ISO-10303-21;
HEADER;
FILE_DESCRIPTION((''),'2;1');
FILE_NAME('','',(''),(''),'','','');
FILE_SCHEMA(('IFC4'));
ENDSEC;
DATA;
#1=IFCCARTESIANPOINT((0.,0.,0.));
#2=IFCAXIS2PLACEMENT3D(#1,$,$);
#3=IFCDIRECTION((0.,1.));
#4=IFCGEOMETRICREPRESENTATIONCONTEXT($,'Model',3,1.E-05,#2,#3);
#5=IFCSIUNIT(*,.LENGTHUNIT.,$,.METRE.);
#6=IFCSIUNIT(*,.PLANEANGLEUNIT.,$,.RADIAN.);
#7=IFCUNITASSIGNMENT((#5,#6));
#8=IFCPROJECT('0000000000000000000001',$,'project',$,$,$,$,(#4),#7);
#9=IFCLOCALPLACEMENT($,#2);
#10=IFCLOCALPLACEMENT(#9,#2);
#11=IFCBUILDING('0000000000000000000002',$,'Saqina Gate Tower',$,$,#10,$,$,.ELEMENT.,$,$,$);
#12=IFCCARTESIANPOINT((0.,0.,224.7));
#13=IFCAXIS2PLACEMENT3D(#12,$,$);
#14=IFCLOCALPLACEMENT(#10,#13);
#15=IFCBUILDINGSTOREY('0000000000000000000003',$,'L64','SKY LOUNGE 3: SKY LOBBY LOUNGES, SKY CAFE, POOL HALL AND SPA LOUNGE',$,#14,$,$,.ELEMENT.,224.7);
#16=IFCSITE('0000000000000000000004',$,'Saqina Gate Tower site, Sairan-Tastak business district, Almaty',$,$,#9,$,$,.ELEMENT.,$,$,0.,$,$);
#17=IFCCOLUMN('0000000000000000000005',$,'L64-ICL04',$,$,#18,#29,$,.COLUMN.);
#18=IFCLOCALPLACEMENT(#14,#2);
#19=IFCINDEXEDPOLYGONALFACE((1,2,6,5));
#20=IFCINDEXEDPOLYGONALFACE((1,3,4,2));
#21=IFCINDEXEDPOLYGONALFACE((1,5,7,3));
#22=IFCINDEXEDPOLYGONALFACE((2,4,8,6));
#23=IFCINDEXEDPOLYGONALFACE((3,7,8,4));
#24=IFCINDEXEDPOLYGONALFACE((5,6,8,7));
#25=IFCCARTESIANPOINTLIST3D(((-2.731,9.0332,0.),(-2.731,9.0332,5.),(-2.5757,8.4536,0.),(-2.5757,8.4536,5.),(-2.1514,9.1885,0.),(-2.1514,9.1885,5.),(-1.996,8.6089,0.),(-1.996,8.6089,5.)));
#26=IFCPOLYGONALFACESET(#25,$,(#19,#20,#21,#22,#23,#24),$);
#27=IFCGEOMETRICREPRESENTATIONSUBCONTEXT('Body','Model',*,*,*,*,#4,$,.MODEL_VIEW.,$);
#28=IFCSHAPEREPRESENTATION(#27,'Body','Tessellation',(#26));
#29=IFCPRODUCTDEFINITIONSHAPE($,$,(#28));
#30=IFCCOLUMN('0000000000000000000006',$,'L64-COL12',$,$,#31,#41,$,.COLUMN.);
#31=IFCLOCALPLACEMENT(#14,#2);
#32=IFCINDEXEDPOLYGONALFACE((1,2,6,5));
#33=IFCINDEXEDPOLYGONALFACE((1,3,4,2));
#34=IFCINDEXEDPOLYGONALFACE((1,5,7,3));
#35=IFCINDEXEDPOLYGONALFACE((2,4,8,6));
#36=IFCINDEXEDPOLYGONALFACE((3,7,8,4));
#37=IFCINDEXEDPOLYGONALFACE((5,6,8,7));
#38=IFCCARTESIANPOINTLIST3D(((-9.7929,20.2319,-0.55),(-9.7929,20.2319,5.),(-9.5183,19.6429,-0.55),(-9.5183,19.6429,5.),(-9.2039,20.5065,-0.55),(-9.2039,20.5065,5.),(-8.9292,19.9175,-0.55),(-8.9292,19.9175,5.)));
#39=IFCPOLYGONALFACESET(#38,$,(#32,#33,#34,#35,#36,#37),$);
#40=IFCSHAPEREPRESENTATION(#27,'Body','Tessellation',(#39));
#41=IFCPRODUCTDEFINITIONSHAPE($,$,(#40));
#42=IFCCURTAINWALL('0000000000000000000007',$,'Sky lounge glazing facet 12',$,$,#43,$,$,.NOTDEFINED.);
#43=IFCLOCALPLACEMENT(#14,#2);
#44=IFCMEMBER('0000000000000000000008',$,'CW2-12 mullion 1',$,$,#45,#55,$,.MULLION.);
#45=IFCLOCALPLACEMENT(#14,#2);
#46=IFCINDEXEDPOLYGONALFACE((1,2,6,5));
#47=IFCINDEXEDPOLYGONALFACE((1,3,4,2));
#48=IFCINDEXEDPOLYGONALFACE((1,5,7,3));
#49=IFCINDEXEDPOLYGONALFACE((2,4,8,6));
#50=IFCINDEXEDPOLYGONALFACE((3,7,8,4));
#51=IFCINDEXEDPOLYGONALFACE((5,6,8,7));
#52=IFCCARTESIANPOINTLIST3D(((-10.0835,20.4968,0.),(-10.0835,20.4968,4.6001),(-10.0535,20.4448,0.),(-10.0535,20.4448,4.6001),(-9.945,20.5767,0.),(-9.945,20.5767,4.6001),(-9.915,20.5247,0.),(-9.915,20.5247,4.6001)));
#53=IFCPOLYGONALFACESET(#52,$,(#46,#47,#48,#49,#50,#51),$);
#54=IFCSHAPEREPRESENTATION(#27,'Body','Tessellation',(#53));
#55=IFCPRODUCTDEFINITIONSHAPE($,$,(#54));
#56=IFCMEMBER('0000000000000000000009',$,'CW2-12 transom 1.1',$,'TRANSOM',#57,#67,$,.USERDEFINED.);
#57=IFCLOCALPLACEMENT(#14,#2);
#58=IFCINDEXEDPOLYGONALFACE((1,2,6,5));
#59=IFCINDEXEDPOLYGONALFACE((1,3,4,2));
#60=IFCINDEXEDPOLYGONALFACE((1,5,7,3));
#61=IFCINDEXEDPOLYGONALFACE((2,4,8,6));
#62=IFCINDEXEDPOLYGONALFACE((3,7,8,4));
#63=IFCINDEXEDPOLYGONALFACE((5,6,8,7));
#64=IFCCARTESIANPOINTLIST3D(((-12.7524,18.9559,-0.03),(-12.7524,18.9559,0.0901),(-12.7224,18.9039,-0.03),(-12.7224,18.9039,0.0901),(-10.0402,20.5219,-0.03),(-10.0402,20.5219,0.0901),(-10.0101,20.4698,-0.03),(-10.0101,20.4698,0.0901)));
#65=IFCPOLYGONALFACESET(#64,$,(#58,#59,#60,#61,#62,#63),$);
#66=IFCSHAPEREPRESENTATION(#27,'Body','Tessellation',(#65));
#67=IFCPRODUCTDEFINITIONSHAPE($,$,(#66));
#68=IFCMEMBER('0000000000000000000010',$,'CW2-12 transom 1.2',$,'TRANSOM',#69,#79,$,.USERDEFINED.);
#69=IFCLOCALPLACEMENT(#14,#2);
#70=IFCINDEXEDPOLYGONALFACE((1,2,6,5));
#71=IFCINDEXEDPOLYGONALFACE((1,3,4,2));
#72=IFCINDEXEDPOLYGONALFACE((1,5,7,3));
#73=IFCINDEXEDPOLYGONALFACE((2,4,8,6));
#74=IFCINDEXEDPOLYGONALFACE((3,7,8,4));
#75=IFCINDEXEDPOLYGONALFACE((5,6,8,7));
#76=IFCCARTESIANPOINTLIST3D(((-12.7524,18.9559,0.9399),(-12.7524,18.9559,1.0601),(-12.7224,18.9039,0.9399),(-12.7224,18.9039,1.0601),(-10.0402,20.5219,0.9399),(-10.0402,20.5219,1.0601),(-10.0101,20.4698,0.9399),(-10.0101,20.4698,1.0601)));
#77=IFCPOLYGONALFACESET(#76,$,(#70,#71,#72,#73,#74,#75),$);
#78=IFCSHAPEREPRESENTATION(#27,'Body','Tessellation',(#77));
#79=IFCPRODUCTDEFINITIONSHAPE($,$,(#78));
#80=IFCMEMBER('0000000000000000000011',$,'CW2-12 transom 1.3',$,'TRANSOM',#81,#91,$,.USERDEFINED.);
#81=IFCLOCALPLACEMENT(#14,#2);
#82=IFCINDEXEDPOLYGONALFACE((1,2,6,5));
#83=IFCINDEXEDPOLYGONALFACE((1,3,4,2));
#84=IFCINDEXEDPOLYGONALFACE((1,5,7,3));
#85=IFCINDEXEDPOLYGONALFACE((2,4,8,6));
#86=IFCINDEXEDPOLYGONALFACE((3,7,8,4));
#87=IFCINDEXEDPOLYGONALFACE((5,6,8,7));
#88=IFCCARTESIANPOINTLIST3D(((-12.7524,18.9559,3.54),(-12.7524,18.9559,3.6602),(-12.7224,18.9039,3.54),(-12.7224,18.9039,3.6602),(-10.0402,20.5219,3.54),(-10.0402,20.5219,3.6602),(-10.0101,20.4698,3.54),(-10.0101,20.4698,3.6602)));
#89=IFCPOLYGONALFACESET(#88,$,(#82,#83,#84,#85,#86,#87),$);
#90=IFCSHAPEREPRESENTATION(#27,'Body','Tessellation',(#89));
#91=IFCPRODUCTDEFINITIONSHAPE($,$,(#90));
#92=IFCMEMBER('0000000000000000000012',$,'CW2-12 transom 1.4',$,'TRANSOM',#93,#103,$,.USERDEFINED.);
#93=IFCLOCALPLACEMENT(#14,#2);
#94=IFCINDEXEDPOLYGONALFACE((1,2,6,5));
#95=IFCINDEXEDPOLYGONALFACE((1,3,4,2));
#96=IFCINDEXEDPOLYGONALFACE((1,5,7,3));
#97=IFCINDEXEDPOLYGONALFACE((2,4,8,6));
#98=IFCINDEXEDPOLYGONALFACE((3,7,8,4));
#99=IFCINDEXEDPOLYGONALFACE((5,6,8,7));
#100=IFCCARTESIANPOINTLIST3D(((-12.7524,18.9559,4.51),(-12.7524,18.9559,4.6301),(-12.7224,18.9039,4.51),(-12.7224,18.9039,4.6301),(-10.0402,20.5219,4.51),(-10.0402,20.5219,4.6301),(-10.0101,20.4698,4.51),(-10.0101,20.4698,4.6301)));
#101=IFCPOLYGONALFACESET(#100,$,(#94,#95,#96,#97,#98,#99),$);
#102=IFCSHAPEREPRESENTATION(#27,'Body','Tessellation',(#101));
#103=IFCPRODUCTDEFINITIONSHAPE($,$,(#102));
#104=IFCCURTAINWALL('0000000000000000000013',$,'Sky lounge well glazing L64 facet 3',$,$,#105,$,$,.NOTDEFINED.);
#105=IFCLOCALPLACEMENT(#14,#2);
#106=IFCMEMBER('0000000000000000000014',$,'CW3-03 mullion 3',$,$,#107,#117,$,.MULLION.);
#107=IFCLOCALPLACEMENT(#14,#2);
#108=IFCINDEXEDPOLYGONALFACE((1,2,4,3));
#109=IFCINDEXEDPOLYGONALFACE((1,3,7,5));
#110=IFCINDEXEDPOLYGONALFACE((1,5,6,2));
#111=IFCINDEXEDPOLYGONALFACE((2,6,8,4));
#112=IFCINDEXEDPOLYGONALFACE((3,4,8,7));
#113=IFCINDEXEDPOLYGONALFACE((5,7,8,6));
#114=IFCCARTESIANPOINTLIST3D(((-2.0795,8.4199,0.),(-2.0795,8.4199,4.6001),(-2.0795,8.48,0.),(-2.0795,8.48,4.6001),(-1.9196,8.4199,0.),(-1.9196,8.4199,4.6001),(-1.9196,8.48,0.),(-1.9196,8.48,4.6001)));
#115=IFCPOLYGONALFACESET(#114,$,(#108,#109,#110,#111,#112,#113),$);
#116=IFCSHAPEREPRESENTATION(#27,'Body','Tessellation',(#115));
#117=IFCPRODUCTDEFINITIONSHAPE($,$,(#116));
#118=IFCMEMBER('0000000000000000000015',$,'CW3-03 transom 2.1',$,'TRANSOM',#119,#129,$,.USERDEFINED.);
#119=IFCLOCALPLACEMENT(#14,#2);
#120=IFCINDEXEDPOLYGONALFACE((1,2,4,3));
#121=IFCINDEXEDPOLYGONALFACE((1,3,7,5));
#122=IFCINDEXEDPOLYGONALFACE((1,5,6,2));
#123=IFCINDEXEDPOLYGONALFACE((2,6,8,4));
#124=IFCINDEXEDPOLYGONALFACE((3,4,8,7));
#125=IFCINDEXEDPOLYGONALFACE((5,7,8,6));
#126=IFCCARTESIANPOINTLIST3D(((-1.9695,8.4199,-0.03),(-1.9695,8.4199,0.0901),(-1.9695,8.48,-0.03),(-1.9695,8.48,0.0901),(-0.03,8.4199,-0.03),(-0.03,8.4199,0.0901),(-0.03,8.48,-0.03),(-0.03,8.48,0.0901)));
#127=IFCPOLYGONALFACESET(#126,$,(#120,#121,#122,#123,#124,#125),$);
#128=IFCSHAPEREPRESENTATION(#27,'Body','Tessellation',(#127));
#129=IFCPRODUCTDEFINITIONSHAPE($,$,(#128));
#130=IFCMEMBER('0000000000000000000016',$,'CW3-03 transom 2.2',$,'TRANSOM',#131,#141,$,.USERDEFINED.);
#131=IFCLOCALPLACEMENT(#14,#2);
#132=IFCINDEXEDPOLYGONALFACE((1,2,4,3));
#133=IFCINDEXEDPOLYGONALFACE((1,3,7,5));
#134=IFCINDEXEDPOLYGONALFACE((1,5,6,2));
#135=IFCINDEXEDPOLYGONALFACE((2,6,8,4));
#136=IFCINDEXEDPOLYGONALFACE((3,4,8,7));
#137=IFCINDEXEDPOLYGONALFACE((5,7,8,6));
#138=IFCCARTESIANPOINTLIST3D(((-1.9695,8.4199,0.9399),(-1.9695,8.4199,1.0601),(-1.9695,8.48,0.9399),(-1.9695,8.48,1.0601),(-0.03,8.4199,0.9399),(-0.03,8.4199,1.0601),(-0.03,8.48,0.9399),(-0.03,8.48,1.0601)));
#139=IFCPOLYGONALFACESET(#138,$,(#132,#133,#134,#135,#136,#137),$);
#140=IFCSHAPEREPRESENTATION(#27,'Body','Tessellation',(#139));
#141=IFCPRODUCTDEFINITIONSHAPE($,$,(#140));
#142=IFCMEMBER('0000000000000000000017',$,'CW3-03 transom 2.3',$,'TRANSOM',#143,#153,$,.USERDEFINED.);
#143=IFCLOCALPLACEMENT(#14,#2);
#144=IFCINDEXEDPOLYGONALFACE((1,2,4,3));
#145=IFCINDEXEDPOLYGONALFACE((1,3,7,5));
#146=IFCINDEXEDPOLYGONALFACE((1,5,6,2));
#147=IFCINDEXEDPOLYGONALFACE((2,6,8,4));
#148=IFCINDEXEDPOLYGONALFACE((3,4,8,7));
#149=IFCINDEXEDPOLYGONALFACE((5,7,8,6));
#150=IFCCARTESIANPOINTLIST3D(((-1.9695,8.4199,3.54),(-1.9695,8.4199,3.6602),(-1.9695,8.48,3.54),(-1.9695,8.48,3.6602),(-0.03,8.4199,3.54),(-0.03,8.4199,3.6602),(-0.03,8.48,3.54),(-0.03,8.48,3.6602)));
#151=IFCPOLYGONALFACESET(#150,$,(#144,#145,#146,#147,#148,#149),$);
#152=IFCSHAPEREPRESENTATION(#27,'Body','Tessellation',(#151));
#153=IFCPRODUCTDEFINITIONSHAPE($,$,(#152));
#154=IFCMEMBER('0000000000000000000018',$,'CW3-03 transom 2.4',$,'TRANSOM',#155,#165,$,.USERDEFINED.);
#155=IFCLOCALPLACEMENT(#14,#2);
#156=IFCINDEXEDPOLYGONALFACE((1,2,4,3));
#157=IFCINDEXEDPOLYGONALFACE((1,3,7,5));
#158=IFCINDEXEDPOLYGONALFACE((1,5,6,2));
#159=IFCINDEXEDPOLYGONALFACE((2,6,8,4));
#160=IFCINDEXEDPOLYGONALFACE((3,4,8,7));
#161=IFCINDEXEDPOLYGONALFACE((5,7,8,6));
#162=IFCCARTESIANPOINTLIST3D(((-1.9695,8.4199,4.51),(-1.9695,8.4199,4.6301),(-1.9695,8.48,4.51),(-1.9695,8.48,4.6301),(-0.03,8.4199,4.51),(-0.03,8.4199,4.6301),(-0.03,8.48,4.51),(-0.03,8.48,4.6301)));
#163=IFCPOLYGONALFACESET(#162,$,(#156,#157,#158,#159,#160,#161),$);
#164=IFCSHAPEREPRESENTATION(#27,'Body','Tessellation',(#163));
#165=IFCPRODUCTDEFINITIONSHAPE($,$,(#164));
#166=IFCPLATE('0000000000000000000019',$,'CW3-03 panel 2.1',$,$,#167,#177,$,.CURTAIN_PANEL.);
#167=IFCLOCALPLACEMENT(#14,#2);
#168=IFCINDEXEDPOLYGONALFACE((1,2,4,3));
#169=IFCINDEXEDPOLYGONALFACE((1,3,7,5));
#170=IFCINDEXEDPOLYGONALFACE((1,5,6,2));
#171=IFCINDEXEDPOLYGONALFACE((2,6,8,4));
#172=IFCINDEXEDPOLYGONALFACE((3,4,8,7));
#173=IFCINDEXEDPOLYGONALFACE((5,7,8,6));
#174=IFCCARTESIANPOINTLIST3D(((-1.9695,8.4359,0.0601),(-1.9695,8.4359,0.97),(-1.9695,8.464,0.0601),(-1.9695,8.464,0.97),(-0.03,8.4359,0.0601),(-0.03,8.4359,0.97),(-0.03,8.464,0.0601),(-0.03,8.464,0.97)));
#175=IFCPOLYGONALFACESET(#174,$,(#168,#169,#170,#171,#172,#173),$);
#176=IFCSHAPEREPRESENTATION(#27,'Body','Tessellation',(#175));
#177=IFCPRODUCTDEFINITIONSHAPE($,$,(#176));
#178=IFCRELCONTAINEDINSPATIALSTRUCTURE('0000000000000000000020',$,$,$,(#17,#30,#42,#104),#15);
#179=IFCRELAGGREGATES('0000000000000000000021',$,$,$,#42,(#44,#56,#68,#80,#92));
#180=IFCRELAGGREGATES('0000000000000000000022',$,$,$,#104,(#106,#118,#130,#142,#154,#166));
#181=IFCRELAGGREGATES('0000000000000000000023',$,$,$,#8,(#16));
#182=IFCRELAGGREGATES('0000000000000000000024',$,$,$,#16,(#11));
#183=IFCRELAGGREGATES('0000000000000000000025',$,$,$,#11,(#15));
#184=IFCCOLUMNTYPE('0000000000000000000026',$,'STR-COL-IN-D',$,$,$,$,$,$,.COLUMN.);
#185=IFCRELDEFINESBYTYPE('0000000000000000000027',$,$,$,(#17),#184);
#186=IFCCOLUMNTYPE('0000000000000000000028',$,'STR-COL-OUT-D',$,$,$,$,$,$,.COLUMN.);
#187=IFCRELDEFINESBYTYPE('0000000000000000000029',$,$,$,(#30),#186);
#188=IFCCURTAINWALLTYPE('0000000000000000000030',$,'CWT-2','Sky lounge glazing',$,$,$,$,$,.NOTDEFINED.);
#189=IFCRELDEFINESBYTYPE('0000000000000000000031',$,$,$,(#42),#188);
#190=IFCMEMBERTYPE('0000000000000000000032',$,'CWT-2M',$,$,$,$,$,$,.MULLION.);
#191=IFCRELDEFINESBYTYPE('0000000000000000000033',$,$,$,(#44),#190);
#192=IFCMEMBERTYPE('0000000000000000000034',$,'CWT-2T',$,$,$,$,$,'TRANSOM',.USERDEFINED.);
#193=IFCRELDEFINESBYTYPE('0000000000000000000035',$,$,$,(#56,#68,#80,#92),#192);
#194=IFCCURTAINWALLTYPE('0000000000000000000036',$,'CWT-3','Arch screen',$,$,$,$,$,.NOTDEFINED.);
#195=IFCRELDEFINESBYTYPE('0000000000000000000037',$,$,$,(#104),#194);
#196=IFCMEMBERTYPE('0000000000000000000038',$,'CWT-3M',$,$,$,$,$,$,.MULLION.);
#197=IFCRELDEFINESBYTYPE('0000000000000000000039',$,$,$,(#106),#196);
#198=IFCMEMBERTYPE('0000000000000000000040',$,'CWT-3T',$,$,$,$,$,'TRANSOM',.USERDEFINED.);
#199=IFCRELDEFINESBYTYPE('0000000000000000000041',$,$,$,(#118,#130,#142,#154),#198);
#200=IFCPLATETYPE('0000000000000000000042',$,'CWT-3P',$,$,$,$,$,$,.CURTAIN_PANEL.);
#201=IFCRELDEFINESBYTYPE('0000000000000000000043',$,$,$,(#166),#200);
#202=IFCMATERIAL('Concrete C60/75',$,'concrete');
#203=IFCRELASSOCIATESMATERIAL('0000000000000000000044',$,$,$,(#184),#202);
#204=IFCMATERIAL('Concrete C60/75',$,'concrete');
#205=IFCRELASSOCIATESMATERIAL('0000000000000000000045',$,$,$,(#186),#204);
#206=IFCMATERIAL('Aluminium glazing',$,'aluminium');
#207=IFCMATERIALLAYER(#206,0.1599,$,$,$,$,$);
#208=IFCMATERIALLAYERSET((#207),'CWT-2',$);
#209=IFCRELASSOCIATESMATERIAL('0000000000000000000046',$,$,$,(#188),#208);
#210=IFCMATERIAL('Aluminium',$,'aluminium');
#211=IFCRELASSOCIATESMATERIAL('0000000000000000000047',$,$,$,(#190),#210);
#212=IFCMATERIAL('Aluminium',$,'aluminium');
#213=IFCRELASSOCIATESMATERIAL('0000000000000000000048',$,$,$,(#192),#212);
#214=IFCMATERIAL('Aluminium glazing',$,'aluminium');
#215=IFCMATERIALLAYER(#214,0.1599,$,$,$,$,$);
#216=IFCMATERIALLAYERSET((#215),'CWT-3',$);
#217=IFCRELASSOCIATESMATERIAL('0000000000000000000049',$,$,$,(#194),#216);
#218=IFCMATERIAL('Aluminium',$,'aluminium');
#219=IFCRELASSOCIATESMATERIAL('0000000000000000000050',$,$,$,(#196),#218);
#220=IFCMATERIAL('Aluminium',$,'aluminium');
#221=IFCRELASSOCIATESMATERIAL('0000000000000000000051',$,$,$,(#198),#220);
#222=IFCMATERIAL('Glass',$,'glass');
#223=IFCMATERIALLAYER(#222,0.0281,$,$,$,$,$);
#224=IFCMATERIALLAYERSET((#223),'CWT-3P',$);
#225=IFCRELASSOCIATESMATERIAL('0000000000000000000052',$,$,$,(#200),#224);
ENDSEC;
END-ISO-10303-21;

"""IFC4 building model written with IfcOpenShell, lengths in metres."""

from ifc_helpers import new_model, si_unit, direction, frame, origin, origin_2d, place, context, subcontext, project, spatial, rectangle, extrude, material, layer, layer_set, material_profile, profile_set, type_object, element, aggregate, save


model = new_model("IFC4")

# Units and contexts
model_context = context("Model", 3, precision=1e-05, world=origin(), true_north=direction((0.0, 1.0)))
body_context = subcontext(model_context, "Body", "Model", "MODEL_VIEW")
ifc_project = project(units=[si_unit("LENGTHUNIT", "METRE"), si_unit("PLANEANGLEUNIT", "RADIAN")], contexts=[model_context])

# Site, building, storey
site_placement = place(None, origin())
site = spatial("IfcSite", under=ifc_project, at=site_placement, Name="Saqina Gate Tower site, Sairan-Tastak business district, Almaty", CompositionType="ELEMENT", RefElevation=0.0)
building_placement = place(site_placement, origin())
building = spatial("IfcBuilding", under=site, at=building_placement, Name="Saqina Gate Tower", CompositionType="ELEMENT")
storey_placement = place(building_placement, frame((0.0, 0.0, 224.7)))
storey = spatial("IfcBuildingStorey", under=building, at=storey_placement, Name="L64", Description="SKY LOUNGE 3: SKY LOBBY LOUNGES, SKY CAFE, POOL HALL AND SPA LOUNGE", CompositionType="ELEMENT", Elevation=224.7)

# Columns
ifc_material_1 = material(Name="Concrete C60/75", Category="concrete")
ifc_material_profile_1 = material_profile(ifc_material_1, rectangle(XDim=0.6001, YDim=0.6001, at=origin_2d()), Name="RC 600x600")
ifc_profile_set_1 = profile_set([ifc_material_profile_1], Name="Concrete C60/75")
column_type_1 = type_object("IfcColumnType", Name="STR-COL-IN-D", PredefinedType="COLUMN", material=ifc_profile_set_1)
column_1_placement = place(storey_placement, frame((-2.3635, 8.821, 0.0), z_axis=(0.0, 0.0, 1.0), x_axis=(-0.258819, 0.965926, 0.0)))
element("IfcColumn", 1, at=column_1_placement, inside=storey, type_object=column_type_1, Name="L64-ICL04", PredefinedType="COLUMN", context=body_context, shape_type="SweptSolid", body=[
    extrude(rectangle(XDim=0.6001, YDim=0.6001, at=origin_2d()), origin(), (0.0, 0.0, 1.0), 5.0),
])
ifc_material_2 = material(Name="Concrete C60/75", Category="concrete")
ifc_material_profile_2 = material_profile(ifc_material_2, rectangle(XDim=0.6499, YDim=0.6499, at=origin_2d()), Name="RC 650x650")
ifc_profile_set_2 = profile_set([ifc_material_profile_2], Name="Concrete C60/75")
column_type_2 = type_object("IfcColumnType", Name="STR-COL-OUT-D", PredefinedType="COLUMN", material=ifc_profile_set_2)
column_2_placement = place(storey_placement, frame((-9.3611, 20.0747, -0.55), z_axis=(0.0, 0.0, 1.0), x_axis=(-0.422618, 0.906308, 0.0)))
element("IfcColumn", 2, at=column_2_placement, inside=storey, type_object=column_type_2, Name="L64-COL12", PredefinedType="COLUMN", context=body_context, shape_type="SweptSolid", body=[
    extrude(rectangle(XDim=0.6499, YDim=0.6499, at=origin_2d()), origin(), (0.0, 0.0, 1.0), 5.55),
])

# Curtain wall, members
ifc_material_3 = material(Name="Aluminium glazing", Category="aluminium")
ifc_layer_1 = layer(ifc_material_3, 0.1599)
ifc_layer_set_1 = layer_set([ifc_layer_1], Name="CWT-2")
curtain_wall_type_1 = type_object("IfcCurtainWallType", Name="CWT-2", Description="Sky lounge glazing", PredefinedType="NOTDEFINED", material=ifc_layer_set_1)
curtain_wall_1_placement = place(storey_placement, origin())
curtain_wall_1 = element("IfcCurtainWall", 3, at=curtain_wall_1_placement, inside=storey, type_object=curtain_wall_type_1, Name="Sky lounge glazing facet 12", PredefinedType="NOTDEFINED")
ifc_material_4 = material(Name="Aluminium", Category="aluminium")
ifc_material_profile_3 = material_profile(ifc_material_4, rectangle(XDim=0.0601, YDim=0.1599, at=origin_2d()), Name="Aluminium 60x160")
ifc_profile_set_3 = profile_set([ifc_material_profile_3], Name="Aluminium")
member_type_1 = type_object("IfcMemberType", Name="CWT-2M", PredefinedType="MULLION", material=ifc_profile_set_3)
member_1_placement = place(storey_placement, frame((-9.9993, 20.5107, 0.0), z_axis=(0.0, 0.0, 1.0), x_axis=(0.499982, -0.866036, 0.0)))
member_1 = element("IfcMember", 4, at=member_1_placement, type_object=member_type_1, Name="CW2-12 mullion 1", PredefinedType="MULLION", context=body_context, shape_type="SweptSolid", body=[
    extrude(rectangle(XDim=0.0601, YDim=0.1599, at=origin_2d()), origin(), (0.0, 0.0, 1.0), 4.6001),
])
ifc_material_5 = material(Name="Aluminium", Category="aluminium")
ifc_material_profile_4 = material_profile(ifc_material_5, rectangle(XDim=0.0601, YDim=0.1201, at=origin_2d()), Name="Aluminium 60x120")
ifc_profile_set_4 = profile_set([ifc_material_profile_4], Name="Aluminium")
member_type_2 = type_object("IfcMemberType", Name="CWT-2T", ElementType="TRANSOM", PredefinedType="USERDEFINED", material=ifc_profile_set_4)
member_2_placement = place(storey_placement, frame((-10.0251, 20.4958, 0.03), z_axis=(-0.866018, -0.500013, 0.0), x_axis=(0.500013, -0.866018, 0.0)))
member_2 = element("IfcMember", 5, at=member_2_placement, type_object=member_type_2, Name="CW2-12 transom 1.1", ObjectType="TRANSOM", PredefinedType="USERDEFINED", context=body_context, shape_type="SweptSolid", body=[
    extrude(rectangle(XDim=0.0601, YDim=0.1201, at=origin_2d()), origin(), (0.0, 0.0, 1.0), 3.1318),
])
member_3_placement = place(storey_placement, frame((-10.0251, 20.4958, 1.0), z_axis=(-0.866018, -0.500013, 0.0), x_axis=(0.500013, -0.866018, 0.0)))
member_3 = element("IfcMember", 6, at=member_3_placement, type_object=member_type_2, Name="CW2-12 transom 1.2", ObjectType="TRANSOM", PredefinedType="USERDEFINED", context=body_context, shape_type="SweptSolid", body=[
    extrude(rectangle(XDim=0.0601, YDim=0.1201, at=origin_2d()), origin(), (0.0, 0.0, 1.0), 3.1318),
])
member_4_placement = place(storey_placement, frame((-10.0251, 20.4958, 3.6001), z_axis=(-0.866018, -0.500013, 0.0), x_axis=(0.500013, -0.866018, 0.0)))
member_4 = element("IfcMember", 7, at=member_4_placement, type_object=member_type_2, Name="CW2-12 transom 1.3", ObjectType="TRANSOM", PredefinedType="USERDEFINED", context=body_context, shape_type="SweptSolid", body=[
    extrude(rectangle(XDim=0.0601, YDim=0.1201, at=origin_2d()), origin(), (0.0, 0.0, 1.0), 3.1318),
])
member_5_placement = place(storey_placement, frame((-10.0251, 20.4958, 4.5701), z_axis=(-0.866018, -0.500013, 0.0), x_axis=(0.500013, -0.866018, 0.0)))
member_5 = element("IfcMember", 8, at=member_5_placement, type_object=member_type_2, Name="CW2-12 transom 1.4", ObjectType="TRANSOM", PredefinedType="USERDEFINED", context=body_context, shape_type="SweptSolid", body=[
    extrude(rectangle(XDim=0.0601, YDim=0.1201, at=origin_2d()), origin(), (0.0, 0.0, 1.0), 3.1318),
])
aggregate(curtain_wall_1, [member_1, member_2, member_3, member_4, member_5])

# Curtain wall, members, plate
ifc_material_6 = material(Name="Aluminium glazing", Category="aluminium")
ifc_layer_2 = layer(ifc_material_6, 0.1599)
ifc_layer_set_2 = layer_set([ifc_layer_2], Name="CWT-3")
curtain_wall_type_2 = type_object("IfcCurtainWallType", Name="CWT-3", Description="Arch screen", PredefinedType="NOTDEFINED", material=ifc_layer_set_2)
curtain_wall_2_placement = place(storey_placement, origin())
curtain_wall_2 = element("IfcCurtainWall", 9, at=curtain_wall_2_placement, inside=storey, type_object=curtain_wall_type_2, Name="Sky lounge well glazing L64 facet 3", PredefinedType="NOTDEFINED")
ifc_material_7 = material(Name="Aluminium", Category="aluminium")
ifc_material_profile_5 = material_profile(ifc_material_7, rectangle(XDim=0.0601, YDim=0.1599, at=origin_2d()), Name="Aluminium 60x160")
ifc_profile_set_5 = profile_set([ifc_material_profile_5], Name="Aluminium")
member_type_3 = type_object("IfcMemberType", Name="CWT-3M", PredefinedType="MULLION", material=ifc_profile_set_5)
member_6_placement = place(storey_placement, frame((-1.9995, 8.45, 0.0), z_axis=(0.0, 0.0, 1.0), x_axis=(0.0, -1.0, 0.0)))
member_6 = element("IfcMember", 10, at=member_6_placement, type_object=member_type_3, Name="CW3-03 mullion 3", PredefinedType="MULLION", context=body_context, shape_type="SweptSolid", body=[
    extrude(rectangle(XDim=0.0601, YDim=0.1599, at=origin_2d()), origin(), (0.0, 0.0, 1.0), 4.6001),
])
ifc_material_8 = material(Name="Aluminium", Category="aluminium")
ifc_material_profile_6 = material_profile(ifc_material_8, rectangle(XDim=0.0601, YDim=0.1201, at=origin_2d()), Name="Aluminium 60x120")
ifc_profile_set_6 = profile_set([ifc_material_profile_6], Name="Aluminium")
member_type_4 = type_object("IfcMemberType", Name="CWT-3T", ElementType="TRANSOM", PredefinedType="USERDEFINED", material=ifc_profile_set_6)
member_7_placement = place(storey_placement, frame((-0.03, 8.45, 0.03), z_axis=(-1.0, 0.0, 0.0), x_axis=(0.0, -1.0, 0.0)))
member_7 = element("IfcMember", 11, at=member_7_placement, type_object=member_type_4, Name="CW3-03 transom 2.1", ObjectType="TRANSOM", PredefinedType="USERDEFINED", context=body_context, shape_type="SweptSolid", body=[
    extrude(rectangle(XDim=0.0601, YDim=0.1201, at=origin_2d()), origin(), (0.0, 0.0, 1.0), 1.9395),
])
member_8_placement = place(storey_placement, frame((-0.03, 8.45, 1.0), z_axis=(-1.0, 0.0, 0.0), x_axis=(0.0, -1.0, 0.0)))
member_8 = element("IfcMember", 12, at=member_8_placement, type_object=member_type_4, Name="CW3-03 transom 2.2", ObjectType="TRANSOM", PredefinedType="USERDEFINED", context=body_context, shape_type="SweptSolid", body=[
    extrude(rectangle(XDim=0.0601, YDim=0.1201, at=origin_2d()), origin(), (0.0, 0.0, 1.0), 1.9395),
])
member_9_placement = place(storey_placement, frame((-0.03, 8.45, 3.6001), z_axis=(-1.0, 0.0, 0.0), x_axis=(0.0, -1.0, 0.0)))
member_9 = element("IfcMember", 13, at=member_9_placement, type_object=member_type_4, Name="CW3-03 transom 2.3", ObjectType="TRANSOM", PredefinedType="USERDEFINED", context=body_context, shape_type="SweptSolid", body=[
    extrude(rectangle(XDim=0.0601, YDim=0.1201, at=origin_2d()), origin(), (0.0, 0.0, 1.0), 1.9395),
])
member_10_placement = place(storey_placement, frame((-0.03, 8.45, 4.5701), z_axis=(-1.0, 0.0, 0.0), x_axis=(0.0, -1.0, 0.0)))
member_10 = element("IfcMember", 14, at=member_10_placement, type_object=member_type_4, Name="CW3-03 transom 2.4", ObjectType="TRANSOM", PredefinedType="USERDEFINED", context=body_context, shape_type="SweptSolid", body=[
    extrude(rectangle(XDim=0.0601, YDim=0.1201, at=origin_2d()), origin(), (0.0, 0.0, 1.0), 1.9395),
])
ifc_material_9 = material(Name="Glass", Category="glass")
ifc_layer_3 = layer(ifc_material_9, 0.0281)
ifc_layer_set_3 = layer_set([ifc_layer_3], Name="CWT-3P")
plate_type = type_object("IfcPlateType", Name="CWT-3P", PredefinedType="CURTAIN_PANEL", material=ifc_layer_set_3)
plate_1_placement = place(storey_placement, frame((-0.9998, 8.45, 0.0601), z_axis=(0.0, 0.0, 1.0), x_axis=(-1.0, 0.0, 0.0)))
plate_1 = element("IfcPlate", 15, at=plate_1_placement, type_object=plate_type, Name="CW3-03 panel 2.1", PredefinedType="CURTAIN_PANEL", context=body_context, shape_type="SweptSolid", body=[
    extrude(rectangle(XDim=1.9395, YDim=0.0281, at=origin_2d()), origin(), (0.0, 0.0, 1.0), 0.9099),
])
aggregate(curtain_wall_2, [member_6, member_7, member_8, member_9, member_10, plate_1])

save(model, "model.ifc")
